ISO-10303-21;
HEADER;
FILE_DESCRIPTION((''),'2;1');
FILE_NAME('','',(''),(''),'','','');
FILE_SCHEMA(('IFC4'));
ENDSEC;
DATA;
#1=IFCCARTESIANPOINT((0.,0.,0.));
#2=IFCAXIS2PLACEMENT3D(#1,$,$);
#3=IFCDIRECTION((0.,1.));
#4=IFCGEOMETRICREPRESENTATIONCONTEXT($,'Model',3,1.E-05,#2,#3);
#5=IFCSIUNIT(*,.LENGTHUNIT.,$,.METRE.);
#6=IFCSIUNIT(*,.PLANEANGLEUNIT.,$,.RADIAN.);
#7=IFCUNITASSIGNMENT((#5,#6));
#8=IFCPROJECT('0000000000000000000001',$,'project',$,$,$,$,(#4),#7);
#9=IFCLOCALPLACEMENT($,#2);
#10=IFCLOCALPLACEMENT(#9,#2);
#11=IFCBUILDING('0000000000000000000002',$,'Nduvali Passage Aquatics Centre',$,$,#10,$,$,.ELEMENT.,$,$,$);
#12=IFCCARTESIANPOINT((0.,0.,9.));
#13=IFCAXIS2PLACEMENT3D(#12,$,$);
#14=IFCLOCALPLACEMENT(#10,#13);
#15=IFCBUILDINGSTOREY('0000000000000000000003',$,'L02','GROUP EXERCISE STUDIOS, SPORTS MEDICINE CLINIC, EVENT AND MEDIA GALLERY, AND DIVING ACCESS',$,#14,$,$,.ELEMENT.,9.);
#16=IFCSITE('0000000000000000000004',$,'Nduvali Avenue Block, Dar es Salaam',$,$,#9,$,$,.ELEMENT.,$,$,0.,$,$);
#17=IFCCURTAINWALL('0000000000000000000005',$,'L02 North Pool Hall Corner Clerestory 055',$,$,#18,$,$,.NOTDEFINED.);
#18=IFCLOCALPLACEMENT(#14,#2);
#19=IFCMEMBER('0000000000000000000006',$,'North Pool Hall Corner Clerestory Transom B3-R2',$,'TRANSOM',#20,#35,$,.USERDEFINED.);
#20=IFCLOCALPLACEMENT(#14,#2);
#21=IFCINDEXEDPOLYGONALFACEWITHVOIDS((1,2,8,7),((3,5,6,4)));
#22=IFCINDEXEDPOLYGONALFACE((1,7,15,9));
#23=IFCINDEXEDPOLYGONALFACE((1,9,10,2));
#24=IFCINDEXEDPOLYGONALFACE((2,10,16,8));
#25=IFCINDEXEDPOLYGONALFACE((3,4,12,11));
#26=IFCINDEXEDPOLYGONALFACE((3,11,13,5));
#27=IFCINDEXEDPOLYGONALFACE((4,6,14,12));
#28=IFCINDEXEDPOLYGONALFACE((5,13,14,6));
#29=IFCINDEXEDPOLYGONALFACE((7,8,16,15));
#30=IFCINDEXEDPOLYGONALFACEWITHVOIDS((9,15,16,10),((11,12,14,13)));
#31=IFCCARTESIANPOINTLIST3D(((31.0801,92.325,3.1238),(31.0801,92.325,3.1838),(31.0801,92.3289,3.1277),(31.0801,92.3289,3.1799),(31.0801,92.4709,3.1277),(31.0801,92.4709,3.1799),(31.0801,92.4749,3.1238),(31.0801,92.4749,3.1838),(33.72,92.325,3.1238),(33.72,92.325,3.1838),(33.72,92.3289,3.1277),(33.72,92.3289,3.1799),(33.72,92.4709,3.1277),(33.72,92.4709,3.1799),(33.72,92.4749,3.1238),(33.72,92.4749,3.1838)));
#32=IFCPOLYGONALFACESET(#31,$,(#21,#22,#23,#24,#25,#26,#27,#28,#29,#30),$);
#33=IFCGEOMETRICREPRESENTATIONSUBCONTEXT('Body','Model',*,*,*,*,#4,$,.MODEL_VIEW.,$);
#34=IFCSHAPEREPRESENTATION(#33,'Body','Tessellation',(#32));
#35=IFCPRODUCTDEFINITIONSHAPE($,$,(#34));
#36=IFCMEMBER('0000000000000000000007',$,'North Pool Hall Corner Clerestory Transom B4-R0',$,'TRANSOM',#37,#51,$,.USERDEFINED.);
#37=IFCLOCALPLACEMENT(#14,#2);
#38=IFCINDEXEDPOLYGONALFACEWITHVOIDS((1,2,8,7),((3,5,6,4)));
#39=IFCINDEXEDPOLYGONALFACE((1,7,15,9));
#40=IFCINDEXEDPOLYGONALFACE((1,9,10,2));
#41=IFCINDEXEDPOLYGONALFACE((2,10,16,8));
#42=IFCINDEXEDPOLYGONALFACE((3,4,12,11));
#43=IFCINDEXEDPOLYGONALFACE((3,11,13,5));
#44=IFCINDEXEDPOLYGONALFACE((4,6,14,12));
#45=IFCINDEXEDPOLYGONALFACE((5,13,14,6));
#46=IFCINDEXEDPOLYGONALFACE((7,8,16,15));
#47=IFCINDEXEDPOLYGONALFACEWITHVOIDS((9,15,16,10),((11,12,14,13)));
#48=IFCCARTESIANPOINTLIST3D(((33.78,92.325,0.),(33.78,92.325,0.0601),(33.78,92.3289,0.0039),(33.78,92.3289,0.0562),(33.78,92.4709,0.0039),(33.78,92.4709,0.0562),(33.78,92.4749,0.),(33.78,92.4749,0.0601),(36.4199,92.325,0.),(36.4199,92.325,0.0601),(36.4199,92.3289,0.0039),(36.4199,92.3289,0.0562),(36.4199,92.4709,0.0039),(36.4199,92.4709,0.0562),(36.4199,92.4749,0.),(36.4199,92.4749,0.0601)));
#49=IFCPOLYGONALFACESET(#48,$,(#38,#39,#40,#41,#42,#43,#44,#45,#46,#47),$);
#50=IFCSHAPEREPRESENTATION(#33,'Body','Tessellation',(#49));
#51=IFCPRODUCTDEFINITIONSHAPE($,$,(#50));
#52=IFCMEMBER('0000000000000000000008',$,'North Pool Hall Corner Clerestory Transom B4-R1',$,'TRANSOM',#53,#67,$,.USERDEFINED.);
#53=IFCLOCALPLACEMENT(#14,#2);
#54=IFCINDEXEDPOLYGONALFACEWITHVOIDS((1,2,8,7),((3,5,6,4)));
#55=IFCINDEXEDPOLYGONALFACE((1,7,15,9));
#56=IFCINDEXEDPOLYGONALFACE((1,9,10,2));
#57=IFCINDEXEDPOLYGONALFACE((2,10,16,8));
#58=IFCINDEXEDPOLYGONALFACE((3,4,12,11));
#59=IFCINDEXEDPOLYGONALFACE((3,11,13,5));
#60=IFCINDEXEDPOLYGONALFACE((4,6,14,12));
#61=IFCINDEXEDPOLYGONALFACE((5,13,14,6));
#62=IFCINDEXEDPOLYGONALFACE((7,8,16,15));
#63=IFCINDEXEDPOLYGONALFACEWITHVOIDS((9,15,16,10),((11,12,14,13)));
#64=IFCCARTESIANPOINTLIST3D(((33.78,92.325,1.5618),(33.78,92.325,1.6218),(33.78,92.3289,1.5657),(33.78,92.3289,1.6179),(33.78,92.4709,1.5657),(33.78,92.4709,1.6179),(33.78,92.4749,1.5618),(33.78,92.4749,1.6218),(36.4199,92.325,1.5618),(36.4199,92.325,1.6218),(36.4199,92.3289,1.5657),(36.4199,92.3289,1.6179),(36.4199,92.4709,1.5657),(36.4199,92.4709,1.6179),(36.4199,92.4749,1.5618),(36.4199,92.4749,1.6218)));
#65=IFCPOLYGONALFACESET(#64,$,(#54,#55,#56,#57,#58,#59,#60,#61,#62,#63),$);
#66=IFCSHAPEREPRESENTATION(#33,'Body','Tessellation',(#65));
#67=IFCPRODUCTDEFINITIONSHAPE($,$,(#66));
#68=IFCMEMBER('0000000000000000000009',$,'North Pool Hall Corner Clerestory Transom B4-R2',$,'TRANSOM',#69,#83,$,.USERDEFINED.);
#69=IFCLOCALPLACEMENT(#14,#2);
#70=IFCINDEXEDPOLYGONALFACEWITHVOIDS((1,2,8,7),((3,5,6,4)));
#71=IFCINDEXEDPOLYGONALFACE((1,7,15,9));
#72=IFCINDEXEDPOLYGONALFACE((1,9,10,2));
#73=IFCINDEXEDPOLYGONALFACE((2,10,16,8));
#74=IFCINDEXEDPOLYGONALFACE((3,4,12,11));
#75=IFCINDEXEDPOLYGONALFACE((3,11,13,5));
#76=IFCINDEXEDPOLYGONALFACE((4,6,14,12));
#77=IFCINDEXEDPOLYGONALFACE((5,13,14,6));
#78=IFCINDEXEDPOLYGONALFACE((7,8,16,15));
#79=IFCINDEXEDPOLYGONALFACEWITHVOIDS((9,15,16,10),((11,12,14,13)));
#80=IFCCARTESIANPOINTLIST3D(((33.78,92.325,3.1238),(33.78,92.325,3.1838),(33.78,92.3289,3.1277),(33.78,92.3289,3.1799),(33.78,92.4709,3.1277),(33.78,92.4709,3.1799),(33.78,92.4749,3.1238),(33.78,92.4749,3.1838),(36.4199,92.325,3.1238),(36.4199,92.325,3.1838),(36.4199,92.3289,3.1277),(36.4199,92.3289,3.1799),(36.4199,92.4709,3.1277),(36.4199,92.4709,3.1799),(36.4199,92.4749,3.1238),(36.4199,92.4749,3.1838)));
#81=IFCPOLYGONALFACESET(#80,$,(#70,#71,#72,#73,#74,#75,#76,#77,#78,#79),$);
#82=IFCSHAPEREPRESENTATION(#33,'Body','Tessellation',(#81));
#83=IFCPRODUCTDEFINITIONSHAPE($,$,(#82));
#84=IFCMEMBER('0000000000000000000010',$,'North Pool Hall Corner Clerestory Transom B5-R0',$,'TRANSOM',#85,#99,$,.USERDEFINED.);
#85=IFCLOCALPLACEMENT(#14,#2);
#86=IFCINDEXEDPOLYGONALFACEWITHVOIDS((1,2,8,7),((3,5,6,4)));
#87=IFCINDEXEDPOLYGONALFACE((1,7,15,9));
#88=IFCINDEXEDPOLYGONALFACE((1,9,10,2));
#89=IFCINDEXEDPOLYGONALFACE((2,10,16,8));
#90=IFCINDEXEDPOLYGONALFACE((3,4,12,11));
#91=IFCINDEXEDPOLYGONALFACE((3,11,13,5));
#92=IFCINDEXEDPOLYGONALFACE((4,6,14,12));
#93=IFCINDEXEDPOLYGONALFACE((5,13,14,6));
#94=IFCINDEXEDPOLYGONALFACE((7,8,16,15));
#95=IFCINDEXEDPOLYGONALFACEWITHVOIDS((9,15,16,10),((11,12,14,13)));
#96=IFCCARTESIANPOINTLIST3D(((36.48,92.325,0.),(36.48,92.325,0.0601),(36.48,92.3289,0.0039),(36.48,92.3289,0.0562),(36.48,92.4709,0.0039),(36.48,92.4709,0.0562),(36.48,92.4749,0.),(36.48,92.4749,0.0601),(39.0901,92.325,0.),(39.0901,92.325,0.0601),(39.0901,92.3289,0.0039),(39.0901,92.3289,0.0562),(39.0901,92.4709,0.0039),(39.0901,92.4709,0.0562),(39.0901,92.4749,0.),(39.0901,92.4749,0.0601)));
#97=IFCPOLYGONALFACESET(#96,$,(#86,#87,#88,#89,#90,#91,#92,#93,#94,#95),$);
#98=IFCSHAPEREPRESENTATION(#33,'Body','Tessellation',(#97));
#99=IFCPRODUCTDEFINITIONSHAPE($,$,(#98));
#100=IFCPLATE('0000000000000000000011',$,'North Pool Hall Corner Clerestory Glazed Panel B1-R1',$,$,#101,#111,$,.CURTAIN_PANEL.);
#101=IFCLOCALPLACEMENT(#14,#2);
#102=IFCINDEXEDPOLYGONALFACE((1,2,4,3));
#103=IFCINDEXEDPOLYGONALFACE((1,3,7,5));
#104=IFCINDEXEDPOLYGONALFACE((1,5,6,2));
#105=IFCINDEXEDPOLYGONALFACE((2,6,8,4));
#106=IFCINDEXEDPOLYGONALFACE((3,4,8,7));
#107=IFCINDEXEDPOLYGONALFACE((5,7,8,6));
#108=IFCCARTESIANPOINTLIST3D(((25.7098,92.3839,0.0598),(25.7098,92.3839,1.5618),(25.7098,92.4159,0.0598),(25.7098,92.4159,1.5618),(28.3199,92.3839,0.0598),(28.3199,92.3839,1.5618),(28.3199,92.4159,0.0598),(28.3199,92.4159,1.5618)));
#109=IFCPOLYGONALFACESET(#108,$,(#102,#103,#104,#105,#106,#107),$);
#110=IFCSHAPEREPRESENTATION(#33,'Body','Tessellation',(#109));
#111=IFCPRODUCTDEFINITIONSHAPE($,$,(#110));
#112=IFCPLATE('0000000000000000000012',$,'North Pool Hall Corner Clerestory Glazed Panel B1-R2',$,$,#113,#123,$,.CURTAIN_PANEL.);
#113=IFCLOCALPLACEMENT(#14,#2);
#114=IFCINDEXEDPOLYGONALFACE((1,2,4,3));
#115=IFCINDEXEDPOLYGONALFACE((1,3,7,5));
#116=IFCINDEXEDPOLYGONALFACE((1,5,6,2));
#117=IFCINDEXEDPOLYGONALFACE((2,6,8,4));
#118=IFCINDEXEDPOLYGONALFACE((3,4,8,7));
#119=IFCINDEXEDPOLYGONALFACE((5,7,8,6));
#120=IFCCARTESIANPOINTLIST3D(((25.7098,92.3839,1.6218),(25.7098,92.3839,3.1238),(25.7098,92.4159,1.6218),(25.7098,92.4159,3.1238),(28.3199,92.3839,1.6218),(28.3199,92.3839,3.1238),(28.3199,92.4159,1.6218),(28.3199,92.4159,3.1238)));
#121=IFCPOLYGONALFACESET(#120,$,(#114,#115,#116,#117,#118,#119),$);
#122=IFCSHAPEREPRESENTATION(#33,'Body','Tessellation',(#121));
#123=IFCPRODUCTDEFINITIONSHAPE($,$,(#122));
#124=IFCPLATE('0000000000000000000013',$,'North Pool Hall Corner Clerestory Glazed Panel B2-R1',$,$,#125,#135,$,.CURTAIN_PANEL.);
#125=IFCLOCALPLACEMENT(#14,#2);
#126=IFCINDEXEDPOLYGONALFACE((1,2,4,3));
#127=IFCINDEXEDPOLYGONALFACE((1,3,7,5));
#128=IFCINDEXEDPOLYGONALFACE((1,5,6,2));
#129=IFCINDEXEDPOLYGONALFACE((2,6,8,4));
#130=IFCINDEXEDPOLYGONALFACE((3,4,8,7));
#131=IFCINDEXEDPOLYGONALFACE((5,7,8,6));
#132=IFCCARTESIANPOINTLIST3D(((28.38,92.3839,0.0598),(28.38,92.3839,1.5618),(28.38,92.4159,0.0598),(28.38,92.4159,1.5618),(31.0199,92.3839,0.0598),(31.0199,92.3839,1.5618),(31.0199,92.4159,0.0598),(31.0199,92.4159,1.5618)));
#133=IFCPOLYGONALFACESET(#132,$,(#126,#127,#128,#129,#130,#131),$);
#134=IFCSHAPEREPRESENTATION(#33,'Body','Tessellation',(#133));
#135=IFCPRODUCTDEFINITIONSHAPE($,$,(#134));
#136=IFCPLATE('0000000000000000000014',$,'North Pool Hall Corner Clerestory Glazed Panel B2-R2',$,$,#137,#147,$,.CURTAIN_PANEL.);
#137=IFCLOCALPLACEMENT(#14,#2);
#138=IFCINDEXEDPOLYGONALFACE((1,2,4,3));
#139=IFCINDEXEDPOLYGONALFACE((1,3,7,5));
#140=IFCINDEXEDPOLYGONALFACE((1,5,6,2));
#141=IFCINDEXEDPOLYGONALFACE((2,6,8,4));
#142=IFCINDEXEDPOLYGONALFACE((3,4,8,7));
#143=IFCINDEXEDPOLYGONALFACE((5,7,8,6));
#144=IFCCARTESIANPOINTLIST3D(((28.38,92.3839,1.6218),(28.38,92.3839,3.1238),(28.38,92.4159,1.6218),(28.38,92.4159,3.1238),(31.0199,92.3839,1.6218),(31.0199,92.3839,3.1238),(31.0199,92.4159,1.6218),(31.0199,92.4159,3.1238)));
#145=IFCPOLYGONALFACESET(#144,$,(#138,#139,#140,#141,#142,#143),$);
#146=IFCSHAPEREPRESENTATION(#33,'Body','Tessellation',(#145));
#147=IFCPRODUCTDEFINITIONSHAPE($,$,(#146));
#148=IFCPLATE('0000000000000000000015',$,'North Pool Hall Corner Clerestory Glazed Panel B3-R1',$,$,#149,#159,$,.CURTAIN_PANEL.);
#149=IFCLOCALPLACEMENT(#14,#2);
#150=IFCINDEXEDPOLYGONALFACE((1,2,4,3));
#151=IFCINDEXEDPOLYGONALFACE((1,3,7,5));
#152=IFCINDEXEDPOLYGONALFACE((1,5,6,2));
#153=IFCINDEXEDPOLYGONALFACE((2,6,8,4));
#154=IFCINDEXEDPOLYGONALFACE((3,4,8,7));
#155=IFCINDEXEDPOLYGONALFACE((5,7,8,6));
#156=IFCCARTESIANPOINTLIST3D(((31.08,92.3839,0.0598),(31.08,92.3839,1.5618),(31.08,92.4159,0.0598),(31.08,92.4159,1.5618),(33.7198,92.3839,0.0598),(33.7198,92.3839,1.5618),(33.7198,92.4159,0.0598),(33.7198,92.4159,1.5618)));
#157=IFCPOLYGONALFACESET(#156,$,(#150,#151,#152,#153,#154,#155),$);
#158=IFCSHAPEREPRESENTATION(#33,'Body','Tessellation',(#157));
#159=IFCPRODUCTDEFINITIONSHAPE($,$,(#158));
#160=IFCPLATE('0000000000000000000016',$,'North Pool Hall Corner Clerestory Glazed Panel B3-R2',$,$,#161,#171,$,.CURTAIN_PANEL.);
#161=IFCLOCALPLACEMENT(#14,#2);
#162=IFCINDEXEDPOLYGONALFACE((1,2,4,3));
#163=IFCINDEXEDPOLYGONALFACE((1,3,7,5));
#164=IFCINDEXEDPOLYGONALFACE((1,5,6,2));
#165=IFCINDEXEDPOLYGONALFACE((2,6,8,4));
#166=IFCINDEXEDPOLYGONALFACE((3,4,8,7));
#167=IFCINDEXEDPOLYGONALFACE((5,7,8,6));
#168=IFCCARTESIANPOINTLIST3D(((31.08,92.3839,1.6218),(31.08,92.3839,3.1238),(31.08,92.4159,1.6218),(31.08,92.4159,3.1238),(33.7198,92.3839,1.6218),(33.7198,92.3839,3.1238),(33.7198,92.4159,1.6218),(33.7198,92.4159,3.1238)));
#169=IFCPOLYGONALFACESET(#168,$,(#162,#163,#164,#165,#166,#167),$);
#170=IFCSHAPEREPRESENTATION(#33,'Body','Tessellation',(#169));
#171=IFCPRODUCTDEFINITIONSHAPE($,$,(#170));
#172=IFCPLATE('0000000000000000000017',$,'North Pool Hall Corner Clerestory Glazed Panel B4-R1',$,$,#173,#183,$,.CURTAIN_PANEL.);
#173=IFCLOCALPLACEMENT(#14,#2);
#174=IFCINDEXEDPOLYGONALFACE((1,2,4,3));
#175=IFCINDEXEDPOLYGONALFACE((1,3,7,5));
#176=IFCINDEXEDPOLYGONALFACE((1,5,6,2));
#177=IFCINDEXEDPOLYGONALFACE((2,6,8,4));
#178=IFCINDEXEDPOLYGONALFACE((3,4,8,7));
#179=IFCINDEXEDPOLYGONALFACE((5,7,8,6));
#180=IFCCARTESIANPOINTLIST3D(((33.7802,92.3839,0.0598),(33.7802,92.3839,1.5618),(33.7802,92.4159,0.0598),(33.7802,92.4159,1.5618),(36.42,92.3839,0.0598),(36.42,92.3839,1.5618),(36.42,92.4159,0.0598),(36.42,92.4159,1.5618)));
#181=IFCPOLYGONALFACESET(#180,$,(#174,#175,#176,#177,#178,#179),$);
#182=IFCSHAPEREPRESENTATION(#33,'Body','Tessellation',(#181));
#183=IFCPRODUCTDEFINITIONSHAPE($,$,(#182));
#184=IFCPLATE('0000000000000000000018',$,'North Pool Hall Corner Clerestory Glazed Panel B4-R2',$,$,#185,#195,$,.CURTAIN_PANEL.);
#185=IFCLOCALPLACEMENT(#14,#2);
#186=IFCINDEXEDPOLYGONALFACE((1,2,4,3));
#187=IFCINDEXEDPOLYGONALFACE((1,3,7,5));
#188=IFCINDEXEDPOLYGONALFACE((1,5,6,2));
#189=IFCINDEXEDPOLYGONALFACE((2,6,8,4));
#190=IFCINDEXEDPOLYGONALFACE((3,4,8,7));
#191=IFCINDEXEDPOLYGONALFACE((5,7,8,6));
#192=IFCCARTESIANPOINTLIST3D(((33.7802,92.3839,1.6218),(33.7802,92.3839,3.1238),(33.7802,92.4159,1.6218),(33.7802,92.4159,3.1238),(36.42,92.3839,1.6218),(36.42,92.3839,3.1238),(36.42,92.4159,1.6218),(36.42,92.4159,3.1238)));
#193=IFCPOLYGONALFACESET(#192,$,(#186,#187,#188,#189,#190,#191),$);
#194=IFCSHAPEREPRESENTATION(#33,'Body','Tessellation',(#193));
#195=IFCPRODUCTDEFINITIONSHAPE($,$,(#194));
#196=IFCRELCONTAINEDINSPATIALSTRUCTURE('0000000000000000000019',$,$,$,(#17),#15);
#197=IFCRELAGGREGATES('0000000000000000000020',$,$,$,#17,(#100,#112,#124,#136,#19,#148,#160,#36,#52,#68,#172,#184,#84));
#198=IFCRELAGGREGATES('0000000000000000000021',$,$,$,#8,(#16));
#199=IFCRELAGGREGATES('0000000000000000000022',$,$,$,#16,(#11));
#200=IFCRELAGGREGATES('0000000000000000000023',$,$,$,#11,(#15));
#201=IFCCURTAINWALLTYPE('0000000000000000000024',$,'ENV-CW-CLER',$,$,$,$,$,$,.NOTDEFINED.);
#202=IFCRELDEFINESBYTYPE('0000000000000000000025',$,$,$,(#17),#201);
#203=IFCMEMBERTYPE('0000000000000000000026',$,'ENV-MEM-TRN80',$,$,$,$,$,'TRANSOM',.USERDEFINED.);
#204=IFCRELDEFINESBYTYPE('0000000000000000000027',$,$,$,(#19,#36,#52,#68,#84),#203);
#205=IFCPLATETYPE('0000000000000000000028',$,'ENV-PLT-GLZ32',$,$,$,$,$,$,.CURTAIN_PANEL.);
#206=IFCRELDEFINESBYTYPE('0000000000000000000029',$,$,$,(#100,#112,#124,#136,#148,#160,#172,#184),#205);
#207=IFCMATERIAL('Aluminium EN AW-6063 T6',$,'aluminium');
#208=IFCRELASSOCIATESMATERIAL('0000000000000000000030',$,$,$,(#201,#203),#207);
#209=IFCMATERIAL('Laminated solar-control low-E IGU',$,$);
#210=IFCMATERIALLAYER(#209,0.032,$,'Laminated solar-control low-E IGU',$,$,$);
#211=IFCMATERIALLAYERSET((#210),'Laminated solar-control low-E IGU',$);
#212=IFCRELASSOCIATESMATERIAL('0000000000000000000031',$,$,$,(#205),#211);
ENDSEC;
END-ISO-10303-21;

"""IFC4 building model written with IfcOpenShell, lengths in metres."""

from ifc_helpers import new_model, si_unit, direction, frame, origin, origin_2d, place, context, subcontext, project, spatial, rectangle, hollow_rectangle, extrude, material, layer, layer_set, material_profile, profile_set, type_object, element, aggregate, save


model = new_model("IFC4")

# Units and contexts
model_context = context("Model", 3, precision=1e-05, world=origin(), true_north=direction((0.0, 1.0)))
body_context = subcontext(model_context, "Body", "Model", "MODEL_VIEW")
ifc_project = project(units=[si_unit("LENGTHUNIT", "METRE"), si_unit("PLANEANGLEUNIT", "RADIAN")], contexts=[model_context])

# Site, building, storey
site_placement = place(None, origin())
site = spatial("IfcSite", under=ifc_project, at=site_placement, Name="Nduvali Avenue Block, Dar es Salaam", CompositionType="ELEMENT", RefElevation=0.0)
building_placement = place(site_placement, origin())
building = spatial("IfcBuilding", under=site, at=building_placement, Name="Nduvali Passage Aquatics Centre", CompositionType="ELEMENT")
storey_placement = place(building_placement, frame((0.0, 0.0, 9.0)))
storey = spatial("IfcBuildingStorey", under=building, at=storey_placement, Name="L02", Description="GROUP EXERCISE STUDIOS, SPORTS MEDICINE CLINIC, EVENT AND MEDIA GALLERY, AND DIVING ACCESS", CompositionType="ELEMENT", Elevation=9.0)

# Curtain wall, members, plates
ifc_material_1 = material(Name="Aluminium EN AW-6063 T6", Category="aluminium")
curtain_wall_type = type_object("IfcCurtainWallType", Name="ENV-CW-CLER", PredefinedType="NOTDEFINED", material=ifc_material_1)
curtain_wall_placement = place(storey_placement, origin())
curtain_wall = element("IfcCurtainWall", 1, at=curtain_wall_placement, inside=storey, type_object=curtain_wall_type, Name="L02 North Pool Hall Corner Clerestory 055", PredefinedType="NOTDEFINED")
ifc_material_profile_1 = material_profile(ifc_material_1, hollow_rectangle(XDim=0.1499, YDim=0.0601, WallThickness=0.0039, at=origin_2d()), Name="ALU TRANSOM 150x60x4")
ifc_profile_set_1 = profile_set([ifc_material_profile_1], Name="Aluminium EN AW-6063 T6")
member_type_1 = type_object("IfcMemberType", Name="ENV-MEM-TRN80", ElementType="TRANSOM", PredefinedType="USERDEFINED", material=ifc_profile_set_1)
member_1_placement = place(storey_placement, frame((31.0801, 92.3999, 3.1538), z_axis=(1.0, 0.0, 0.0), x_axis=(0.0, 1.0, 0.0)))
member_1 = element("IfcMember", 2, at=member_1_placement, type_object=member_type_1, Name="North Pool Hall Corner Clerestory Transom B3-R2", ObjectType="TRANSOM", PredefinedType="USERDEFINED", context=body_context, shape_type="SweptSolid", body=[
    extrude(hollow_rectangle(XDim=0.1499, YDim=0.0601, WallThickness=0.0039, at=origin_2d()), origin(), (0.0, 0.0, 1.0), 2.6399),
])
member_2_placement = place(storey_placement, frame((33.78, 92.3999, 0.03), z_axis=(1.0, 0.0, 0.0), x_axis=(0.0, 1.0, 0.0)))
member_2 = element("IfcMember", 3, at=member_2_placement, type_object=member_type_1, Name="North Pool Hall Corner Clerestory Transom B4-R0", ObjectType="TRANSOM", PredefinedType="USERDEFINED", context=body_context, shape_type="SweptSolid", body=[
    extrude(hollow_rectangle(XDim=0.1499, YDim=0.0601, WallThickness=0.0039, at=origin_2d()), origin(), (0.0, 0.0, 1.0), 2.6399),
])
member_3_placement = place(storey_placement, frame((33.78, 92.3999, 1.5918), z_axis=(1.0, 0.0, 0.0), x_axis=(0.0, 1.0, 0.0)))
member_3 = element("IfcMember", 4, at=member_3_placement, type_object=member_type_1, Name="North Pool Hall Corner Clerestory Transom B4-R1", ObjectType="TRANSOM", PredefinedType="USERDEFINED", context=body_context, shape_type="SweptSolid", body=[
    extrude(hollow_rectangle(XDim=0.1499, YDim=0.0601, WallThickness=0.0039, at=origin_2d()), origin(), (0.0, 0.0, 1.0), 2.6399),
])
member_4_placement = place(storey_placement, frame((33.78, 92.3999, 3.1538), z_axis=(1.0, 0.0, 0.0), x_axis=(0.0, 1.0, 0.0)))
member_4 = element("IfcMember", 5, at=member_4_placement, type_object=member_type_1, Name="North Pool Hall Corner Clerestory Transom B4-R2", ObjectType="TRANSOM", PredefinedType="USERDEFINED", context=body_context, shape_type="SweptSolid", body=[
    extrude(hollow_rectangle(XDim=0.1499, YDim=0.0601, WallThickness=0.0039, at=origin_2d()), origin(), (0.0, 0.0, 1.0), 2.6399),
])
member_5_placement = place(storey_placement, frame((36.48, 92.3999, 0.03), z_axis=(1.0, 0.0, 0.0), x_axis=(0.0, 1.0, 0.0)))
member_5 = element("IfcMember", 6, at=member_5_placement, type_object=member_type_1, Name="North Pool Hall Corner Clerestory Transom B5-R0", ObjectType="TRANSOM", PredefinedType="USERDEFINED", context=body_context, shape_type="SweptSolid", body=[
    extrude(hollow_rectangle(XDim=0.1499, YDim=0.0601, WallThickness=0.0039, at=origin_2d()), origin(), (0.0, 0.0, 1.0), 2.6101),
])
ifc_material_2 = material(Name="Laminated solar-control low-E IGU")
ifc_layer = layer(ifc_material_2, 0.032, Name="Laminated solar-control low-E IGU")
ifc_layer_set = layer_set([ifc_layer], Name="Laminated solar-control low-E IGU")
plate_type = type_object("IfcPlateType", Name="ENV-PLT-GLZ32", PredefinedType="CURTAIN_PANEL", material=ifc_layer_set)
plate_1_placement = place(storey_placement, frame((27.0149, 92.3999, 0.0598), z_axis=(0.0, 0.0, 1.0), x_axis=(1.0, 0.0, 0.0)))
plate_1 = element("IfcPlate", 7, at=plate_1_placement, type_object=plate_type, Name="North Pool Hall Corner Clerestory Glazed Panel B1-R1", PredefinedType="CURTAIN_PANEL", context=body_context, shape_type="SweptSolid", body=[
    extrude(rectangle(XDim=2.6101, YDim=0.032, at=origin_2d()), origin(), (0.0, 0.0, 1.0), 1.502),
])
plate_2_placement = place(storey_placement, frame((27.0149, 92.3999, 1.6218), z_axis=(0.0, 0.0, 1.0), x_axis=(1.0, 0.0, 0.0)))
plate_2 = element("IfcPlate", 8, at=plate_2_placement, type_object=plate_type, Name="North Pool Hall Corner Clerestory Glazed Panel B1-R2", PredefinedType="CURTAIN_PANEL", context=body_context, shape_type="SweptSolid", body=[
    extrude(rectangle(XDim=2.6101, YDim=0.032, at=origin_2d()), origin(), (0.0, 0.0, 1.0), 1.502),
])
plate_3_placement = place(storey_placement, frame((29.7, 92.3999, 0.0598), z_axis=(0.0, 0.0, 1.0), x_axis=(1.0, 0.0, 0.0)))
plate_3 = element("IfcPlate", 9, at=plate_3_placement, type_object=plate_type, Name="North Pool Hall Corner Clerestory Glazed Panel B2-R1", PredefinedType="CURTAIN_PANEL", context=body_context, shape_type="SweptSolid", body=[
    extrude(rectangle(XDim=2.6399, YDim=0.032, at=origin_2d()), origin(), (0.0, 0.0, 1.0), 1.502),
])
plate_4_placement = place(storey_placement, frame((29.7, 92.3999, 1.6218), z_axis=(0.0, 0.0, 1.0), x_axis=(1.0, 0.0, 0.0)))
plate_4 = element("IfcPlate", 10, at=plate_4_placement, type_object=plate_type, Name="North Pool Hall Corner Clerestory Glazed Panel B2-R2", PredefinedType="CURTAIN_PANEL", context=body_context, shape_type="SweptSolid", body=[
    extrude(rectangle(XDim=2.6399, YDim=0.032, at=origin_2d()), origin(), (0.0, 0.0, 1.0), 1.502),
])
plate_5_placement = place(storey_placement, frame((32.3999, 92.3999, 0.0598), z_axis=(0.0, 0.0, 1.0), x_axis=(1.0, 0.0, 0.0)))
plate_5 = element("IfcPlate", 11, at=plate_5_placement, type_object=plate_type, Name="North Pool Hall Corner Clerestory Glazed Panel B3-R1", PredefinedType="CURTAIN_PANEL", context=body_context, shape_type="SweptSolid", body=[
    extrude(rectangle(XDim=2.6399, YDim=0.032, at=origin_2d()), origin(), (0.0, 0.0, 1.0), 1.502),
])
plate_6_placement = place(storey_placement, frame((32.3999, 92.3999, 1.6218), z_axis=(0.0, 0.0, 1.0), x_axis=(1.0, 0.0, 0.0)))
plate_6 = element("IfcPlate", 12, at=plate_6_placement, type_object=plate_type, Name="North Pool Hall Corner Clerestory Glazed Panel B3-R2", PredefinedType="CURTAIN_PANEL", context=body_context, shape_type="SweptSolid", body=[
    extrude(rectangle(XDim=2.6399, YDim=0.032, at=origin_2d()), origin(), (0.0, 0.0, 1.0), 1.502),
])
plate_7_placement = place(storey_placement, frame((35.1001, 92.3999, 0.0598), z_axis=(0.0, 0.0, 1.0), x_axis=(1.0, 0.0, 0.0)))
plate_7 = element("IfcPlate", 13, at=plate_7_placement, type_object=plate_type, Name="North Pool Hall Corner Clerestory Glazed Panel B4-R1", PredefinedType="CURTAIN_PANEL", context=body_context, shape_type="SweptSolid", body=[
    extrude(rectangle(XDim=2.6399, YDim=0.032, at=origin_2d()), origin(), (0.0, 0.0, 1.0), 1.502),
])
plate_8_placement = place(storey_placement, frame((35.1001, 92.3999, 1.6218), z_axis=(0.0, 0.0, 1.0), x_axis=(1.0, 0.0, 0.0)))
plate_8 = element("IfcPlate", 14, at=plate_8_placement, type_object=plate_type, Name="North Pool Hall Corner Clerestory Glazed Panel B4-R2", PredefinedType="CURTAIN_PANEL", context=body_context, shape_type="SweptSolid", body=[
    extrude(rectangle(XDim=2.6399, YDim=0.032, at=origin_2d()), origin(), (0.0, 0.0, 1.0), 1.502),
])
aggregate(curtain_wall, [plate_1, plate_2, plate_3, plate_4, member_1, plate_5, plate_6, member_2, member_3, member_4, plate_7, plate_8, member_5])

save(model, "model.ifc")
